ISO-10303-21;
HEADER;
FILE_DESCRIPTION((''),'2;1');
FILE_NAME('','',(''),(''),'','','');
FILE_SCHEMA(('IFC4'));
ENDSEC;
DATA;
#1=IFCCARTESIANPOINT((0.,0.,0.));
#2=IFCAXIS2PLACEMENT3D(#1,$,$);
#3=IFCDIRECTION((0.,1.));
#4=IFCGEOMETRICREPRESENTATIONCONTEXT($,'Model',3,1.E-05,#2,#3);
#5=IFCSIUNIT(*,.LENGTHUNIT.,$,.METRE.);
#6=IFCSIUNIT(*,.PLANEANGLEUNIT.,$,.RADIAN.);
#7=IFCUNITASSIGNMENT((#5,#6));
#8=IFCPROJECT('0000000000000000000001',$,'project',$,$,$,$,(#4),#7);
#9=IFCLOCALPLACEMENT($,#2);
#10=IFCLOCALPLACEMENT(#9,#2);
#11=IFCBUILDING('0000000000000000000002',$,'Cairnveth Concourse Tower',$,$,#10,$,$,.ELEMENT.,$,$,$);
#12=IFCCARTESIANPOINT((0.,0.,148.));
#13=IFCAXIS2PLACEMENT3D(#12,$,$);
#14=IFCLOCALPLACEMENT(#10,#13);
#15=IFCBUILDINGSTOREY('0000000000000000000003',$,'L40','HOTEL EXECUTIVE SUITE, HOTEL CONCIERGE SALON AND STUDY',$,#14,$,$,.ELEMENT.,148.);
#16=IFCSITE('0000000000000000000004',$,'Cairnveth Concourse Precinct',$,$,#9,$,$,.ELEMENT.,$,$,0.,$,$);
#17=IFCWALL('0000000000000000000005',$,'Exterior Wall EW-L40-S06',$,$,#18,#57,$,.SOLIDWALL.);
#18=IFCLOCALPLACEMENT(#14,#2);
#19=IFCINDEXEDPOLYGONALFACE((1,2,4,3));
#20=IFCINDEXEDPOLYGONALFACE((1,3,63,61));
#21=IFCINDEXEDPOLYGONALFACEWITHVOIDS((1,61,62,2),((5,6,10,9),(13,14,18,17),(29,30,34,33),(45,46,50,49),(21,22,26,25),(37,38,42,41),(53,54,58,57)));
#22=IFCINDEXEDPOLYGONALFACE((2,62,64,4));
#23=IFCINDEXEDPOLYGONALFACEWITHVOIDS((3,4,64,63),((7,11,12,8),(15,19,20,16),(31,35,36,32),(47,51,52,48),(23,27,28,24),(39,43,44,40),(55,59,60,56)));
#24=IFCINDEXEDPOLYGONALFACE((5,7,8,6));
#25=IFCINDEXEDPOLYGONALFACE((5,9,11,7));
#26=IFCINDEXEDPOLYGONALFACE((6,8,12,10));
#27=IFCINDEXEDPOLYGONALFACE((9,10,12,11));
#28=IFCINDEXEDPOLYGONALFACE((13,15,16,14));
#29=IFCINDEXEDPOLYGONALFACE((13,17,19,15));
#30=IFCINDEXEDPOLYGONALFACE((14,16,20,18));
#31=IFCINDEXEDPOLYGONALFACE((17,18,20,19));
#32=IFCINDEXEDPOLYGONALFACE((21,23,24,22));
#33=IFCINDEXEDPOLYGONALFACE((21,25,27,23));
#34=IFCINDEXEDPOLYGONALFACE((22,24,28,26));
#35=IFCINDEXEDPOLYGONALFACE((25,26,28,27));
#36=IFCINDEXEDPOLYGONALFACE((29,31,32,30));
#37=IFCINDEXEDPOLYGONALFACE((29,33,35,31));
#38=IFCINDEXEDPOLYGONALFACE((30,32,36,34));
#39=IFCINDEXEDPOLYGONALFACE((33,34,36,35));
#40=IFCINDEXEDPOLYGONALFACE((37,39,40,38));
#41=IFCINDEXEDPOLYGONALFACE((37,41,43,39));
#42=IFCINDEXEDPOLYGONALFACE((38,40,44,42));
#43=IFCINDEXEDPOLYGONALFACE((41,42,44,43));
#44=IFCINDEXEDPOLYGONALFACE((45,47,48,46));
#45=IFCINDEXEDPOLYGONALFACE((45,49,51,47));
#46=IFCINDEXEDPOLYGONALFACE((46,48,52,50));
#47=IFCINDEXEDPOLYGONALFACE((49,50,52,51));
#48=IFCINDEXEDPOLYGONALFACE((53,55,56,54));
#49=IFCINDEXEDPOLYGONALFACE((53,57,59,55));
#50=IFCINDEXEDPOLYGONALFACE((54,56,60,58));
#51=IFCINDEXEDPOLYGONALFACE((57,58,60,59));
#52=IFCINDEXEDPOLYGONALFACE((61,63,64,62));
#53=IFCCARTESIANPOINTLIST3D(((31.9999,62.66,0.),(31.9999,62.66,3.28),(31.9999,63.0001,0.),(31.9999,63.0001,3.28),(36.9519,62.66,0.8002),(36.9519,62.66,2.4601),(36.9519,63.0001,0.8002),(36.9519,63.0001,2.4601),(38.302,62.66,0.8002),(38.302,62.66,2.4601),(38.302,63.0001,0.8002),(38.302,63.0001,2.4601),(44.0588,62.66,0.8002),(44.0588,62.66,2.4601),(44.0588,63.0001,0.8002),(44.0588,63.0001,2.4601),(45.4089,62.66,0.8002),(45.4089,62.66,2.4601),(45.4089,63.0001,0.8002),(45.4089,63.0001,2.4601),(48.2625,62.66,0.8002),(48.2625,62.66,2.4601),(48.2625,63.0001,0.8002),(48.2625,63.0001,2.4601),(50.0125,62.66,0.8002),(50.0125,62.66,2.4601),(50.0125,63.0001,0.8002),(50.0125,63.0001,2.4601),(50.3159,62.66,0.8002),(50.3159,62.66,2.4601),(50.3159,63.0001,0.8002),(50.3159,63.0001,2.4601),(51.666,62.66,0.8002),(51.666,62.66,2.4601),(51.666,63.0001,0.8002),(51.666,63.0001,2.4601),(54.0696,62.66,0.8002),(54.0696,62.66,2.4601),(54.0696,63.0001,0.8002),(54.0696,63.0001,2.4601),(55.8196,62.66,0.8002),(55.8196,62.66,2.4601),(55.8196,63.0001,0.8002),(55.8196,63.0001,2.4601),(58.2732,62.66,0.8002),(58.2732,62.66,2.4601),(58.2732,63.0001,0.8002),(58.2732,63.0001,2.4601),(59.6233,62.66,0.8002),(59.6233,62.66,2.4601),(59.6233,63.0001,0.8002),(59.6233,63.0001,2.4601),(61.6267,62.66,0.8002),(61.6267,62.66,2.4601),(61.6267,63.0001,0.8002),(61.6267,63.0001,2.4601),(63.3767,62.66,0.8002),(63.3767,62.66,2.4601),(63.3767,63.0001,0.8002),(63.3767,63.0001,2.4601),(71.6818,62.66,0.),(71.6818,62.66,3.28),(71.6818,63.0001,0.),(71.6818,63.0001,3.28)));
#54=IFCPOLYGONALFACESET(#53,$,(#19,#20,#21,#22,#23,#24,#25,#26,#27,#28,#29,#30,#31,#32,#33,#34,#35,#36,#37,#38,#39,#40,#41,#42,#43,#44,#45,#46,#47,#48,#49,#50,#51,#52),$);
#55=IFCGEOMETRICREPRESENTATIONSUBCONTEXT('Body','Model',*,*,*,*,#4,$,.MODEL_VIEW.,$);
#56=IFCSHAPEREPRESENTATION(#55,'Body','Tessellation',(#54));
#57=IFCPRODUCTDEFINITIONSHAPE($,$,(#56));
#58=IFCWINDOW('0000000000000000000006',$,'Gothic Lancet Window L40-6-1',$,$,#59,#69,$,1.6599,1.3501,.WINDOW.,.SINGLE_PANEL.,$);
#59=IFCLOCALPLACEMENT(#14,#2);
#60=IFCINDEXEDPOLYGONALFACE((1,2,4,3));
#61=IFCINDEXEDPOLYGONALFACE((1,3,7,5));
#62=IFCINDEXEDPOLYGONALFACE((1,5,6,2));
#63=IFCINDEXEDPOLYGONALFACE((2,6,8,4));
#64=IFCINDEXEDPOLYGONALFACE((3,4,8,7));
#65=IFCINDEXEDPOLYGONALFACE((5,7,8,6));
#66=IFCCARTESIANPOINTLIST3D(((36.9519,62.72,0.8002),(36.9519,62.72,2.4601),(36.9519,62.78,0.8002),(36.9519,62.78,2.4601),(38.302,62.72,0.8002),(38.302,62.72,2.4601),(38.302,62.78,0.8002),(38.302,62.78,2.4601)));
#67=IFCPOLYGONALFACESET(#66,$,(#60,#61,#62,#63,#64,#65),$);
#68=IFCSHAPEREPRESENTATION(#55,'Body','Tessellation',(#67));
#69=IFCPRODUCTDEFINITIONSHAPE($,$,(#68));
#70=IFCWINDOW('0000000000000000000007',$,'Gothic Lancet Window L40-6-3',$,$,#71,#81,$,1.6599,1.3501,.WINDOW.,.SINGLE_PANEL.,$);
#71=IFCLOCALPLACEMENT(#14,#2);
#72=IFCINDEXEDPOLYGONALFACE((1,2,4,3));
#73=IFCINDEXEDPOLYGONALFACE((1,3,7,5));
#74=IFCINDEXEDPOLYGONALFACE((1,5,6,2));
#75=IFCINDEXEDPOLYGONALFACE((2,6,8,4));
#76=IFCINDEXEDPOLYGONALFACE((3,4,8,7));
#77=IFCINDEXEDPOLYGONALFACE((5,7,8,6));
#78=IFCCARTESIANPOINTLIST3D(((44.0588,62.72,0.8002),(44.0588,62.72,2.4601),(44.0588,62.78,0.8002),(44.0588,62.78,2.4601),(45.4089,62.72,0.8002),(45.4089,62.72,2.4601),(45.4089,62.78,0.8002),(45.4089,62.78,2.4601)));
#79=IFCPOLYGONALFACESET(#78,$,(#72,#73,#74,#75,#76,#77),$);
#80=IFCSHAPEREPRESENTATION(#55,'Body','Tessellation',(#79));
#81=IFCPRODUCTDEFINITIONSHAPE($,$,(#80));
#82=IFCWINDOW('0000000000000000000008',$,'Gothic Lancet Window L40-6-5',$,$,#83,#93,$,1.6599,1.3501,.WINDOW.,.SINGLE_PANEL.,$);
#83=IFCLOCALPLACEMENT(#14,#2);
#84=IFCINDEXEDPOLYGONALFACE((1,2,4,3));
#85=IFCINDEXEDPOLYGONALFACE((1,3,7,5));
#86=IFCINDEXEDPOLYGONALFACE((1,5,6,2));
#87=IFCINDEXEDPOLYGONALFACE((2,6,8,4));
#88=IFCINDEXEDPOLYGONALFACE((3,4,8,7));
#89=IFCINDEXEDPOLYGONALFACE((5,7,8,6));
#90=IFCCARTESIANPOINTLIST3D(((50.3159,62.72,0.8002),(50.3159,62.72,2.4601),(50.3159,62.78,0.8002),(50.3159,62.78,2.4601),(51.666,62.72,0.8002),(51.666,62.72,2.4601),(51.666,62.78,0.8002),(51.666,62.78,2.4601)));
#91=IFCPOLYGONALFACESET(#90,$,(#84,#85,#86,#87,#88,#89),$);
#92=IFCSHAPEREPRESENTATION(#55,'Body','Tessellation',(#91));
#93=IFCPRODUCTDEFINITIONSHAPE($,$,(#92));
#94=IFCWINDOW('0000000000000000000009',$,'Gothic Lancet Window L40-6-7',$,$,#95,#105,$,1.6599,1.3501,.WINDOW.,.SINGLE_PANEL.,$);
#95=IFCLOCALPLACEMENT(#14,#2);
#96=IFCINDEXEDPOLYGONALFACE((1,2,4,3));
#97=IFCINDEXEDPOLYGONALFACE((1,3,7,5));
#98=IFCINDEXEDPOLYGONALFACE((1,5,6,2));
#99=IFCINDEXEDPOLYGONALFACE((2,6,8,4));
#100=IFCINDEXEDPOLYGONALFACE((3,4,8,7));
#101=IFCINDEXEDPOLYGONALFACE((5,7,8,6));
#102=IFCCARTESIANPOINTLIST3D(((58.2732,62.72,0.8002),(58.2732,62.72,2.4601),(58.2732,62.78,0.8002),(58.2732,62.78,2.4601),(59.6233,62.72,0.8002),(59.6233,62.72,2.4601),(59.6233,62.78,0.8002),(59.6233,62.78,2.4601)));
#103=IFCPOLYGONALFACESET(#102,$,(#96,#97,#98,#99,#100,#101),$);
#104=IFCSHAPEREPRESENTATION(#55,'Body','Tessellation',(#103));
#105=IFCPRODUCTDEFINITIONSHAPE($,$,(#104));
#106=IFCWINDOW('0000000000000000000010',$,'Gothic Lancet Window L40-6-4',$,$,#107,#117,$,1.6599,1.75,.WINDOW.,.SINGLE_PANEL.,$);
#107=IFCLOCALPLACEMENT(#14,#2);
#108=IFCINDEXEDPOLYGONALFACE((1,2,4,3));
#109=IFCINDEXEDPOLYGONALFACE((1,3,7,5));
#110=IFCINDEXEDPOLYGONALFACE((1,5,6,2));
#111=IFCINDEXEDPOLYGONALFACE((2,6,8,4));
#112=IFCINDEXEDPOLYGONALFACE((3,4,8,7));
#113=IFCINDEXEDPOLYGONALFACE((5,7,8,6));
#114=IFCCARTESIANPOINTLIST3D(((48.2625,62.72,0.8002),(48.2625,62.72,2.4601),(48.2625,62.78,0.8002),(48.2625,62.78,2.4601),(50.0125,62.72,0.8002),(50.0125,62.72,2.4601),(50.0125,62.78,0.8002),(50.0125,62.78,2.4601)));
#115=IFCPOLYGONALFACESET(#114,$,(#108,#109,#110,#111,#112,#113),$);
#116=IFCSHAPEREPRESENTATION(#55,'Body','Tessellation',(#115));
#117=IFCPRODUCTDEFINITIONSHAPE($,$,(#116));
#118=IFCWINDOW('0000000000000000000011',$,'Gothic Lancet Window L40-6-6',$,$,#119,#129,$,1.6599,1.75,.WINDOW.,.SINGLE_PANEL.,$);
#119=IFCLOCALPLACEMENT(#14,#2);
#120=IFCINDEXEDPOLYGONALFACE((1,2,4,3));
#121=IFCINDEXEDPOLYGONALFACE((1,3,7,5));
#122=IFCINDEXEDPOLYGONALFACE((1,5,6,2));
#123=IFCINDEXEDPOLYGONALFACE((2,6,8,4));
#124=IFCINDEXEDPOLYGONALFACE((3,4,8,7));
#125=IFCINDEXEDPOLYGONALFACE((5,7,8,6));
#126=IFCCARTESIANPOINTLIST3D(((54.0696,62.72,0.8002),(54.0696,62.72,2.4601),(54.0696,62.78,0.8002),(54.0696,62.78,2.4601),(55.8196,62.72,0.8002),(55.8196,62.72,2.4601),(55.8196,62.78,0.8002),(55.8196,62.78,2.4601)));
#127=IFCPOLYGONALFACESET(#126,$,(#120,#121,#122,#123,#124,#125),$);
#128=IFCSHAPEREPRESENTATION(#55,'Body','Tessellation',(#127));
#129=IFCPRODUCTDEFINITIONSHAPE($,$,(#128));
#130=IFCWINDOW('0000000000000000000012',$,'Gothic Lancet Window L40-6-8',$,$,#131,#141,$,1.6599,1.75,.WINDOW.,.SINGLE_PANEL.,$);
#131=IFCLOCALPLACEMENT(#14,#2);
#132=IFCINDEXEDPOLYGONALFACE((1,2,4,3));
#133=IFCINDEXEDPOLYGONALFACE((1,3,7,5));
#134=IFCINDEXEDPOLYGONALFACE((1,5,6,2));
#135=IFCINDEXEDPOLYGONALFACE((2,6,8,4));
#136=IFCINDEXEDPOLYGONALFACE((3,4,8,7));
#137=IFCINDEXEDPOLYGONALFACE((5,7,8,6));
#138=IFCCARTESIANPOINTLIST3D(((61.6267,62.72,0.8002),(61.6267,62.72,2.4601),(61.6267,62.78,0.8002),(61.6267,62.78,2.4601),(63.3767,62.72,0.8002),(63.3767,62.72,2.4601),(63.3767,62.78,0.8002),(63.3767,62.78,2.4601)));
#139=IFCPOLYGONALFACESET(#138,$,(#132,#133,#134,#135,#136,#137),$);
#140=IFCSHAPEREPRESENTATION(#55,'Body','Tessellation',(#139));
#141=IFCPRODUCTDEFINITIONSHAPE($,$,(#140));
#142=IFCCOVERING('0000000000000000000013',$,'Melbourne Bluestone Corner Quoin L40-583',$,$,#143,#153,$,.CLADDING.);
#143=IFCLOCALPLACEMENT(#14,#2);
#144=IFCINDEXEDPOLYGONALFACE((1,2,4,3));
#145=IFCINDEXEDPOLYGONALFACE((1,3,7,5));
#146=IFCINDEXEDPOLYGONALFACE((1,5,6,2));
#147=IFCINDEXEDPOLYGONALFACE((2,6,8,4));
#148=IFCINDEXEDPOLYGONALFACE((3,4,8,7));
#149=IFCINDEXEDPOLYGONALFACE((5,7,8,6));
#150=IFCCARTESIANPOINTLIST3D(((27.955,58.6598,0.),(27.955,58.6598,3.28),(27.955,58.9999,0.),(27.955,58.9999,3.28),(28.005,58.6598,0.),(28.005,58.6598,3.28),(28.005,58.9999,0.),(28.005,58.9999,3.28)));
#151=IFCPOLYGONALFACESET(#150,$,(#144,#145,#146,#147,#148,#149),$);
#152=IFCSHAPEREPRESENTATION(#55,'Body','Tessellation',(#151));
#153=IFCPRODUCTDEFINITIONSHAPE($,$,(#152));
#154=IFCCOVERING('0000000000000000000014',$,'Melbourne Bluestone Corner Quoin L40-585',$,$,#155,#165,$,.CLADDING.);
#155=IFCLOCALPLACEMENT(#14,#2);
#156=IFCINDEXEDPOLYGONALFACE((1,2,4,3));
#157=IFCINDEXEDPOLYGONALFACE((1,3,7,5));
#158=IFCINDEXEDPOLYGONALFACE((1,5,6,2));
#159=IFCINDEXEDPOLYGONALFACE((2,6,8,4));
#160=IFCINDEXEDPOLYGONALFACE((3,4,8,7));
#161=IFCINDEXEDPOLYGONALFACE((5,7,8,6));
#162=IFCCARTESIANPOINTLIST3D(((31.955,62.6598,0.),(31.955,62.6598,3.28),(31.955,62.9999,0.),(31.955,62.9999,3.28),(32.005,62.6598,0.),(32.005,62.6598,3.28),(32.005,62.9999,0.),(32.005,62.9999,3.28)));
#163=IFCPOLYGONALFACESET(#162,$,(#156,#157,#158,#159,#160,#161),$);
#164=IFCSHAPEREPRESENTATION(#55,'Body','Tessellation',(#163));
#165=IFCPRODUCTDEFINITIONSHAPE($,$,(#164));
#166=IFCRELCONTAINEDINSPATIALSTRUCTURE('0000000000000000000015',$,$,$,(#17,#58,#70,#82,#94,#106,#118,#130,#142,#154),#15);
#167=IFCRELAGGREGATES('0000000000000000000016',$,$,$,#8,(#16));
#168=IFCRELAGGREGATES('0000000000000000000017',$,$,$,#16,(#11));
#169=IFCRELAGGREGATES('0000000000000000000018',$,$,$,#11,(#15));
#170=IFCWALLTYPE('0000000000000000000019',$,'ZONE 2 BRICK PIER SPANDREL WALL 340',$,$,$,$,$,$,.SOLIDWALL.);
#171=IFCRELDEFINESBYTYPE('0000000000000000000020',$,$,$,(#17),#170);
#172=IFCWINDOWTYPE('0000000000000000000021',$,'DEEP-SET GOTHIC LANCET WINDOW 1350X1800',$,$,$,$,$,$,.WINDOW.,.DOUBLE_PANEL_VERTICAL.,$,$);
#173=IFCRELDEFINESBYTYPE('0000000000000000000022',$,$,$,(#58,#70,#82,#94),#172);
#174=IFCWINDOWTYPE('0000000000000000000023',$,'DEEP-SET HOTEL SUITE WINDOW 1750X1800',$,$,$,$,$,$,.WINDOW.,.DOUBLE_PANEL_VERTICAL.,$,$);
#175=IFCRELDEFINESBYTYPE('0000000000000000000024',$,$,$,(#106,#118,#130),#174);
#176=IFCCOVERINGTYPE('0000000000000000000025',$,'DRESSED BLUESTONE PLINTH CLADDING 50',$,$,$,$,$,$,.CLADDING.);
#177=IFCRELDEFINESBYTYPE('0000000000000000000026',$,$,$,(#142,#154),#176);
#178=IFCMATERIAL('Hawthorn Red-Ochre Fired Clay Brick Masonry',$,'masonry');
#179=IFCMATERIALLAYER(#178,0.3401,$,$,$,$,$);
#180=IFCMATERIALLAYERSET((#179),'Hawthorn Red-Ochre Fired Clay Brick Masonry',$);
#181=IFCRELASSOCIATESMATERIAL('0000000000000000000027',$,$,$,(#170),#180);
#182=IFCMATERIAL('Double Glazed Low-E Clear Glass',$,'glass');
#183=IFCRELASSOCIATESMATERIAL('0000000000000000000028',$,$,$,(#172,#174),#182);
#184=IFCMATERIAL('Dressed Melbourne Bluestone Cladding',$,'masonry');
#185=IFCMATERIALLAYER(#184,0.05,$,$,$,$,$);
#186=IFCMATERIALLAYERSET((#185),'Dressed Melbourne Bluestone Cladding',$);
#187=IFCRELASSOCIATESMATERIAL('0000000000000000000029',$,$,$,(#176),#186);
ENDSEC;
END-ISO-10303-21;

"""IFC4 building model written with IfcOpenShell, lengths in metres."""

from ifc_helpers import new_model, si_unit, direction, frame, frame_2d, origin, place, context, subcontext, project, spatial, rectangle, extrude, material, layer, layer_set, type_object, element, fill, save


model = new_model("IFC4")

# Units and contexts
model_context = context("Model", 3, precision=1e-05, world=origin(), true_north=direction((0.0, 1.0)))
body_context = subcontext(model_context, "Body", "Model", "MODEL_VIEW")
ifc_project = project(units=[si_unit("LENGTHUNIT", "METRE"), si_unit("PLANEANGLEUNIT", "RADIAN")], contexts=[model_context])

# Site, building, storey
site_placement = place(None, origin())
site = spatial("IfcSite", under=ifc_project, at=site_placement, Name="Cairnveth Concourse Precinct", CompositionType="ELEMENT", RefElevation=0.0)
building_placement = place(site_placement, origin())
building = spatial("IfcBuilding", under=site, at=building_placement, Name="Cairnveth Concourse Tower", CompositionType="ELEMENT")
storey_placement = place(building_placement, frame((0.0, 0.0, 148.0)))
storey = spatial("IfcBuildingStorey", under=building, at=storey_placement, Name="L40", Description="HOTEL EXECUTIVE SUITE, HOTEL CONCIERGE SALON AND STUDY", CompositionType="ELEMENT", Elevation=148.0)

# Shared definitions
ifc_material_1 = material(Name="Hawthorn Red-Ochre Fired Clay Brick Masonry", Category="masonry")
ifc_layer_1 = layer(ifc_material_1, 0.3401)
ifc_layer_set_1 = layer_set([ifc_layer_1], Name="Hawthorn Red-Ochre Fired Clay Brick Masonry")
wall_type_1 = type_object("IfcWallType", Name="ZONE 2 BRICK PIER SPANDREL WALL 340", PredefinedType="SOLIDWALL", material=ifc_layer_set_1)

# Wall, openings, windows
wall_1_placement = place(storey_placement, frame((32.0, 62.8301, 0.0), z_axis=(0.0, 0.0, 1.0), x_axis=(1.0, 0.0, 0.0)))
wall_1 = element("IfcWall", 1, at=wall_1_placement, inside=storey, type_object=wall_type_1, Name="Exterior Wall EW-L40-S06", PredefinedType="SOLIDWALL", context=body_context, shape_type="SweptSolid", body=[
    extrude(rectangle(XDim=39.6819, YDim=0.3401, at=frame_2d((19.8408, 0.0))), origin(), (0.0, 0.0, 1.0), 3.28),
])
opening_1_placement = place(wall_1_placement, frame((4.9519, 0.0, 0.8)))
opening_1 = element("IfcOpeningElement", 2, at=opening_1_placement, cuts=wall_1, PredefinedType="OPENING", context=body_context, shape_type="SweptSolid", body=[
    extrude(rectangle(XDim=1.3501, YDim=1.6599, at=frame_2d((0.675, 0.8301))), frame((0.0, 0.1799, 0.0), z_axis=(0.0, -1.0, 0.0), x_axis=(1.0, 0.0, 0.0)), (0.0, 0.0, 1.0), 0.3601),
])
opening_2_placement = place(wall_1_placement, frame((12.0588, 0.0, 0.8)))
opening_2 = element("IfcOpeningElement", 3, at=opening_2_placement, cuts=wall_1, PredefinedType="OPENING", context=body_context, shape_type="SweptSolid", body=[
    extrude(rectangle(XDim=1.3501, YDim=1.6599, at=frame_2d((0.675, 0.8301))), frame((0.0, 0.1799, 0.0), z_axis=(0.0, -1.0, 0.0), x_axis=(1.0, 0.0, 0.0)), (0.0, 0.0, 1.0), 0.3601),
])
opening_3_placement = place(wall_1_placement, frame((16.2625, 0.0, 0.8)))
opening_3 = element("IfcOpeningElement", 4, at=opening_3_placement, cuts=wall_1, PredefinedType="OPENING", context=body_context, shape_type="SweptSolid", body=[
    extrude(rectangle(XDim=1.75, YDim=1.6599, at=frame_2d((0.875, 0.8301))), frame((0.0, 0.1799, 0.0), z_axis=(0.0, -1.0, 0.0), x_axis=(1.0, 0.0, 0.0)), (0.0, 0.0, 1.0), 0.3601),
])
opening_4_placement = place(wall_1_placement, frame((18.3159, 0.0, 0.8)))
opening_4 = element("IfcOpeningElement", 5, at=opening_4_placement, cuts=wall_1, PredefinedType="OPENING", context=body_context, shape_type="SweptSolid", body=[
    extrude(rectangle(XDim=1.3501, YDim=1.6599, at=frame_2d((0.675, 0.8301))), frame((0.0, 0.1799, 0.0), z_axis=(0.0, -1.0, 0.0), x_axis=(1.0, 0.0, 0.0)), (0.0, 0.0, 1.0), 0.3601),
])
opening_5_placement = place(wall_1_placement, frame((22.0696, 0.0, 0.8)))
opening_5 = element("IfcOpeningElement", 6, at=opening_5_placement, cuts=wall_1, PredefinedType="OPENING", context=body_context, shape_type="SweptSolid", body=[
    extrude(rectangle(XDim=1.75, YDim=1.6599, at=frame_2d((0.875, 0.8301))), frame((0.0, 0.1799, 0.0), z_axis=(0.0, -1.0, 0.0), x_axis=(1.0, 0.0, 0.0)), (0.0, 0.0, 1.0), 0.3601),
])
opening_6_placement = place(wall_1_placement, frame((26.2732, 0.0, 0.8)))
opening_6 = element("IfcOpeningElement", 7, at=opening_6_placement, cuts=wall_1, PredefinedType="OPENING", context=body_context, shape_type="SweptSolid", body=[
    extrude(rectangle(XDim=1.3501, YDim=1.6599, at=frame_2d((0.675, 0.8301))), frame((0.0, 0.1799, 0.0), z_axis=(0.0, -1.0, 0.0), x_axis=(1.0, 0.0, 0.0)), (0.0, 0.0, 1.0), 0.3601),
])
opening_7_placement = place(wall_1_placement, frame((29.6267, 0.0, 0.8)))
opening_7 = element("IfcOpeningElement", 8, at=opening_7_placement, cuts=wall_1, PredefinedType="OPENING", context=body_context, shape_type="SweptSolid", body=[
    extrude(rectangle(XDim=1.75, YDim=1.6599, at=frame_2d((0.875, 0.8301))), frame((0.0, 0.1799, 0.0), z_axis=(0.0, -1.0, 0.0), x_axis=(1.0, 0.0, 0.0)), (0.0, 0.0, 1.0), 0.3601),
])
ifc_material_2 = material(Name="Double Glazed Low-E Clear Glass", Category="glass")
window_type_1 = type_object("IfcWindowType", Name="DEEP-SET GOTHIC LANCET WINDOW 1350X1800", PartitioningType="DOUBLE_PANEL_VERTICAL", PredefinedType="WINDOW", material=ifc_material_2)
window_1_placement = place(opening_1_placement, origin())
window_1 = element("IfcWindow", 9, at=window_1_placement, inside=storey, type_object=window_type_1, Name="Gothic Lancet Window L40-6-1", OverallHeight=1.6599, OverallWidth=1.3501, PartitioningType="SINGLE_PANEL", PredefinedType="WINDOW", context=body_context, shape_type="SweptSolid", body=[
    extrude(rectangle(XDim=1.3501, YDim=1.6599, at=frame_2d((0.675, 0.8301))), frame((0.0, -0.05, 0.0), z_axis=(0.0, -1.0, 0.0), x_axis=(1.0, 0.0, 0.0)), (0.0, 0.0, 1.0), 0.0601),
])
fill(opening_1, window_1)
window_2_placement = place(opening_2_placement, origin())
window_2 = element("IfcWindow", 10, at=window_2_placement, inside=storey, type_object=window_type_1, Name="Gothic Lancet Window L40-6-3", OverallHeight=1.6599, OverallWidth=1.3501, PartitioningType="SINGLE_PANEL", PredefinedType="WINDOW", context=body_context, shape_type="SweptSolid", body=[
    extrude(rectangle(XDim=1.3501, YDim=1.6599, at=frame_2d((0.675, 0.8301))), frame((0.0, -0.05, 0.0), z_axis=(0.0, -1.0, 0.0), x_axis=(1.0, 0.0, 0.0)), (0.0, 0.0, 1.0), 0.0601),
])
fill(opening_2, window_2)
window_3_placement = place(opening_4_placement, origin())
window_3 = element("IfcWindow", 11, at=window_3_placement, inside=storey, type_object=window_type_1, Name="Gothic Lancet Window L40-6-5", OverallHeight=1.6599, OverallWidth=1.3501, PartitioningType="SINGLE_PANEL", PredefinedType="WINDOW", context=body_context, shape_type="SweptSolid", body=[
    extrude(rectangle(XDim=1.3501, YDim=1.6599, at=frame_2d((0.675, 0.8301))), frame((0.0, -0.05, 0.0), z_axis=(0.0, -1.0, 0.0), x_axis=(1.0, 0.0, 0.0)), (0.0, 0.0, 1.0), 0.0601),
])
fill(opening_4, window_3)
window_4_placement = place(opening_6_placement, origin())
window_4 = element("IfcWindow", 12, at=window_4_placement, inside=storey, type_object=window_type_1, Name="Gothic Lancet Window L40-6-7", OverallHeight=1.6599, OverallWidth=1.3501, PartitioningType="SINGLE_PANEL", PredefinedType="WINDOW", context=body_context, shape_type="SweptSolid", body=[
    extrude(rectangle(XDim=1.3501, YDim=1.6599, at=frame_2d((0.675, 0.8301))), frame((0.0, -0.05, 0.0), z_axis=(0.0, -1.0, 0.0), x_axis=(1.0, 0.0, 0.0)), (0.0, 0.0, 1.0), 0.0601),
])
fill(opening_6, window_4)
window_type_2 = type_object("IfcWindowType", Name="DEEP-SET HOTEL SUITE WINDOW 1750X1800", PartitioningType="DOUBLE_PANEL_VERTICAL", PredefinedType="WINDOW", material=ifc_material_2)
window_5_placement = place(opening_3_placement, origin())
window_5 = element("IfcWindow", 13, at=window_5_placement, inside=storey, type_object=window_type_2, Name="Gothic Lancet Window L40-6-4", OverallHeight=1.6599, OverallWidth=1.75, PartitioningType="SINGLE_PANEL", PredefinedType="WINDOW", context=body_context, shape_type="SweptSolid", body=[
    extrude(rectangle(XDim=1.75, YDim=1.6599, at=frame_2d((0.875, 0.8301))), frame((0.0, -0.05, 0.0), z_axis=(0.0, -1.0, 0.0), x_axis=(1.0, 0.0, 0.0)), (0.0, 0.0, 1.0), 0.0601),
])
fill(opening_3, window_5)
window_6_placement = place(opening_5_placement, origin())
window_6 = element("IfcWindow", 14, at=window_6_placement, inside=storey, type_object=window_type_2, Name="Gothic Lancet Window L40-6-6", OverallHeight=1.6599, OverallWidth=1.75, PartitioningType="SINGLE_PANEL", PredefinedType="WINDOW", context=body_context, shape_type="SweptSolid", body=[
    extrude(rectangle(XDim=1.75, YDim=1.6599, at=frame_2d((0.875, 0.8301))), frame((0.0, -0.05, 0.0), z_axis=(0.0, -1.0, 0.0), x_axis=(1.0, 0.0, 0.0)), (0.0, 0.0, 1.0), 0.0601),
])
fill(opening_5, window_6)
window_7_placement = place(opening_7_placement, origin())
window_7 = element("IfcWindow", 15, at=window_7_placement, inside=storey, type_object=window_type_2, Name="Gothic Lancet Window L40-6-8", OverallHeight=1.6599, OverallWidth=1.75, PartitioningType="SINGLE_PANEL", PredefinedType="WINDOW", context=body_context, shape_type="SweptSolid", body=[
    extrude(rectangle(XDim=1.75, YDim=1.6599, at=frame_2d((0.875, 0.8301))), frame((0.0, -0.05, 0.0), z_axis=(0.0, -1.0, 0.0), x_axis=(1.0, 0.0, 0.0)), (0.0, 0.0, 1.0), 0.0601),
])
fill(opening_7, window_7)

# Coverings
ifc_material_3 = material(Name="Dressed Melbourne Bluestone Cladding", Category="masonry")
ifc_layer_2 = layer(ifc_material_3, 0.05)
ifc_layer_set_2 = layer_set([ifc_layer_2], Name="Dressed Melbourne Bluestone Cladding")
covering_type = type_object("IfcCoveringType", Name="DRESSED BLUESTONE PLINTH CLADDING 50", PredefinedType="CLADDING", material=ifc_layer_set_2)
for number, where, z_axis, x_axis, name in (
    (16, (27.98, 58.6599, 0.0), (0.0, 0.0, 1.0), (0.0, 1.0, 0.0), "Melbourne Bluestone Corner Quoin L40-583"),
    (17, (31.98, 62.6599, 0.0), (0.0, 0.0, 1.0), (0.0, 1.0, 0.0), "Melbourne Bluestone Corner Quoin L40-585"),
):
    element("IfcCovering", number, at=place(storey_placement, frame(where, z_axis=z_axis, x_axis=x_axis)), inside=storey, type_object=covering_type, Name=name, PredefinedType="CLADDING", context=body_context, shape_type="SweptSolid", body=[
        extrude(rectangle(XDim=0.3401, YDim=0.05, at=frame_2d((0.1699, 0.0))), origin(), (0.0, 0.0, 1.0), 3.28),
    ])

save(model, "model.ifc")
